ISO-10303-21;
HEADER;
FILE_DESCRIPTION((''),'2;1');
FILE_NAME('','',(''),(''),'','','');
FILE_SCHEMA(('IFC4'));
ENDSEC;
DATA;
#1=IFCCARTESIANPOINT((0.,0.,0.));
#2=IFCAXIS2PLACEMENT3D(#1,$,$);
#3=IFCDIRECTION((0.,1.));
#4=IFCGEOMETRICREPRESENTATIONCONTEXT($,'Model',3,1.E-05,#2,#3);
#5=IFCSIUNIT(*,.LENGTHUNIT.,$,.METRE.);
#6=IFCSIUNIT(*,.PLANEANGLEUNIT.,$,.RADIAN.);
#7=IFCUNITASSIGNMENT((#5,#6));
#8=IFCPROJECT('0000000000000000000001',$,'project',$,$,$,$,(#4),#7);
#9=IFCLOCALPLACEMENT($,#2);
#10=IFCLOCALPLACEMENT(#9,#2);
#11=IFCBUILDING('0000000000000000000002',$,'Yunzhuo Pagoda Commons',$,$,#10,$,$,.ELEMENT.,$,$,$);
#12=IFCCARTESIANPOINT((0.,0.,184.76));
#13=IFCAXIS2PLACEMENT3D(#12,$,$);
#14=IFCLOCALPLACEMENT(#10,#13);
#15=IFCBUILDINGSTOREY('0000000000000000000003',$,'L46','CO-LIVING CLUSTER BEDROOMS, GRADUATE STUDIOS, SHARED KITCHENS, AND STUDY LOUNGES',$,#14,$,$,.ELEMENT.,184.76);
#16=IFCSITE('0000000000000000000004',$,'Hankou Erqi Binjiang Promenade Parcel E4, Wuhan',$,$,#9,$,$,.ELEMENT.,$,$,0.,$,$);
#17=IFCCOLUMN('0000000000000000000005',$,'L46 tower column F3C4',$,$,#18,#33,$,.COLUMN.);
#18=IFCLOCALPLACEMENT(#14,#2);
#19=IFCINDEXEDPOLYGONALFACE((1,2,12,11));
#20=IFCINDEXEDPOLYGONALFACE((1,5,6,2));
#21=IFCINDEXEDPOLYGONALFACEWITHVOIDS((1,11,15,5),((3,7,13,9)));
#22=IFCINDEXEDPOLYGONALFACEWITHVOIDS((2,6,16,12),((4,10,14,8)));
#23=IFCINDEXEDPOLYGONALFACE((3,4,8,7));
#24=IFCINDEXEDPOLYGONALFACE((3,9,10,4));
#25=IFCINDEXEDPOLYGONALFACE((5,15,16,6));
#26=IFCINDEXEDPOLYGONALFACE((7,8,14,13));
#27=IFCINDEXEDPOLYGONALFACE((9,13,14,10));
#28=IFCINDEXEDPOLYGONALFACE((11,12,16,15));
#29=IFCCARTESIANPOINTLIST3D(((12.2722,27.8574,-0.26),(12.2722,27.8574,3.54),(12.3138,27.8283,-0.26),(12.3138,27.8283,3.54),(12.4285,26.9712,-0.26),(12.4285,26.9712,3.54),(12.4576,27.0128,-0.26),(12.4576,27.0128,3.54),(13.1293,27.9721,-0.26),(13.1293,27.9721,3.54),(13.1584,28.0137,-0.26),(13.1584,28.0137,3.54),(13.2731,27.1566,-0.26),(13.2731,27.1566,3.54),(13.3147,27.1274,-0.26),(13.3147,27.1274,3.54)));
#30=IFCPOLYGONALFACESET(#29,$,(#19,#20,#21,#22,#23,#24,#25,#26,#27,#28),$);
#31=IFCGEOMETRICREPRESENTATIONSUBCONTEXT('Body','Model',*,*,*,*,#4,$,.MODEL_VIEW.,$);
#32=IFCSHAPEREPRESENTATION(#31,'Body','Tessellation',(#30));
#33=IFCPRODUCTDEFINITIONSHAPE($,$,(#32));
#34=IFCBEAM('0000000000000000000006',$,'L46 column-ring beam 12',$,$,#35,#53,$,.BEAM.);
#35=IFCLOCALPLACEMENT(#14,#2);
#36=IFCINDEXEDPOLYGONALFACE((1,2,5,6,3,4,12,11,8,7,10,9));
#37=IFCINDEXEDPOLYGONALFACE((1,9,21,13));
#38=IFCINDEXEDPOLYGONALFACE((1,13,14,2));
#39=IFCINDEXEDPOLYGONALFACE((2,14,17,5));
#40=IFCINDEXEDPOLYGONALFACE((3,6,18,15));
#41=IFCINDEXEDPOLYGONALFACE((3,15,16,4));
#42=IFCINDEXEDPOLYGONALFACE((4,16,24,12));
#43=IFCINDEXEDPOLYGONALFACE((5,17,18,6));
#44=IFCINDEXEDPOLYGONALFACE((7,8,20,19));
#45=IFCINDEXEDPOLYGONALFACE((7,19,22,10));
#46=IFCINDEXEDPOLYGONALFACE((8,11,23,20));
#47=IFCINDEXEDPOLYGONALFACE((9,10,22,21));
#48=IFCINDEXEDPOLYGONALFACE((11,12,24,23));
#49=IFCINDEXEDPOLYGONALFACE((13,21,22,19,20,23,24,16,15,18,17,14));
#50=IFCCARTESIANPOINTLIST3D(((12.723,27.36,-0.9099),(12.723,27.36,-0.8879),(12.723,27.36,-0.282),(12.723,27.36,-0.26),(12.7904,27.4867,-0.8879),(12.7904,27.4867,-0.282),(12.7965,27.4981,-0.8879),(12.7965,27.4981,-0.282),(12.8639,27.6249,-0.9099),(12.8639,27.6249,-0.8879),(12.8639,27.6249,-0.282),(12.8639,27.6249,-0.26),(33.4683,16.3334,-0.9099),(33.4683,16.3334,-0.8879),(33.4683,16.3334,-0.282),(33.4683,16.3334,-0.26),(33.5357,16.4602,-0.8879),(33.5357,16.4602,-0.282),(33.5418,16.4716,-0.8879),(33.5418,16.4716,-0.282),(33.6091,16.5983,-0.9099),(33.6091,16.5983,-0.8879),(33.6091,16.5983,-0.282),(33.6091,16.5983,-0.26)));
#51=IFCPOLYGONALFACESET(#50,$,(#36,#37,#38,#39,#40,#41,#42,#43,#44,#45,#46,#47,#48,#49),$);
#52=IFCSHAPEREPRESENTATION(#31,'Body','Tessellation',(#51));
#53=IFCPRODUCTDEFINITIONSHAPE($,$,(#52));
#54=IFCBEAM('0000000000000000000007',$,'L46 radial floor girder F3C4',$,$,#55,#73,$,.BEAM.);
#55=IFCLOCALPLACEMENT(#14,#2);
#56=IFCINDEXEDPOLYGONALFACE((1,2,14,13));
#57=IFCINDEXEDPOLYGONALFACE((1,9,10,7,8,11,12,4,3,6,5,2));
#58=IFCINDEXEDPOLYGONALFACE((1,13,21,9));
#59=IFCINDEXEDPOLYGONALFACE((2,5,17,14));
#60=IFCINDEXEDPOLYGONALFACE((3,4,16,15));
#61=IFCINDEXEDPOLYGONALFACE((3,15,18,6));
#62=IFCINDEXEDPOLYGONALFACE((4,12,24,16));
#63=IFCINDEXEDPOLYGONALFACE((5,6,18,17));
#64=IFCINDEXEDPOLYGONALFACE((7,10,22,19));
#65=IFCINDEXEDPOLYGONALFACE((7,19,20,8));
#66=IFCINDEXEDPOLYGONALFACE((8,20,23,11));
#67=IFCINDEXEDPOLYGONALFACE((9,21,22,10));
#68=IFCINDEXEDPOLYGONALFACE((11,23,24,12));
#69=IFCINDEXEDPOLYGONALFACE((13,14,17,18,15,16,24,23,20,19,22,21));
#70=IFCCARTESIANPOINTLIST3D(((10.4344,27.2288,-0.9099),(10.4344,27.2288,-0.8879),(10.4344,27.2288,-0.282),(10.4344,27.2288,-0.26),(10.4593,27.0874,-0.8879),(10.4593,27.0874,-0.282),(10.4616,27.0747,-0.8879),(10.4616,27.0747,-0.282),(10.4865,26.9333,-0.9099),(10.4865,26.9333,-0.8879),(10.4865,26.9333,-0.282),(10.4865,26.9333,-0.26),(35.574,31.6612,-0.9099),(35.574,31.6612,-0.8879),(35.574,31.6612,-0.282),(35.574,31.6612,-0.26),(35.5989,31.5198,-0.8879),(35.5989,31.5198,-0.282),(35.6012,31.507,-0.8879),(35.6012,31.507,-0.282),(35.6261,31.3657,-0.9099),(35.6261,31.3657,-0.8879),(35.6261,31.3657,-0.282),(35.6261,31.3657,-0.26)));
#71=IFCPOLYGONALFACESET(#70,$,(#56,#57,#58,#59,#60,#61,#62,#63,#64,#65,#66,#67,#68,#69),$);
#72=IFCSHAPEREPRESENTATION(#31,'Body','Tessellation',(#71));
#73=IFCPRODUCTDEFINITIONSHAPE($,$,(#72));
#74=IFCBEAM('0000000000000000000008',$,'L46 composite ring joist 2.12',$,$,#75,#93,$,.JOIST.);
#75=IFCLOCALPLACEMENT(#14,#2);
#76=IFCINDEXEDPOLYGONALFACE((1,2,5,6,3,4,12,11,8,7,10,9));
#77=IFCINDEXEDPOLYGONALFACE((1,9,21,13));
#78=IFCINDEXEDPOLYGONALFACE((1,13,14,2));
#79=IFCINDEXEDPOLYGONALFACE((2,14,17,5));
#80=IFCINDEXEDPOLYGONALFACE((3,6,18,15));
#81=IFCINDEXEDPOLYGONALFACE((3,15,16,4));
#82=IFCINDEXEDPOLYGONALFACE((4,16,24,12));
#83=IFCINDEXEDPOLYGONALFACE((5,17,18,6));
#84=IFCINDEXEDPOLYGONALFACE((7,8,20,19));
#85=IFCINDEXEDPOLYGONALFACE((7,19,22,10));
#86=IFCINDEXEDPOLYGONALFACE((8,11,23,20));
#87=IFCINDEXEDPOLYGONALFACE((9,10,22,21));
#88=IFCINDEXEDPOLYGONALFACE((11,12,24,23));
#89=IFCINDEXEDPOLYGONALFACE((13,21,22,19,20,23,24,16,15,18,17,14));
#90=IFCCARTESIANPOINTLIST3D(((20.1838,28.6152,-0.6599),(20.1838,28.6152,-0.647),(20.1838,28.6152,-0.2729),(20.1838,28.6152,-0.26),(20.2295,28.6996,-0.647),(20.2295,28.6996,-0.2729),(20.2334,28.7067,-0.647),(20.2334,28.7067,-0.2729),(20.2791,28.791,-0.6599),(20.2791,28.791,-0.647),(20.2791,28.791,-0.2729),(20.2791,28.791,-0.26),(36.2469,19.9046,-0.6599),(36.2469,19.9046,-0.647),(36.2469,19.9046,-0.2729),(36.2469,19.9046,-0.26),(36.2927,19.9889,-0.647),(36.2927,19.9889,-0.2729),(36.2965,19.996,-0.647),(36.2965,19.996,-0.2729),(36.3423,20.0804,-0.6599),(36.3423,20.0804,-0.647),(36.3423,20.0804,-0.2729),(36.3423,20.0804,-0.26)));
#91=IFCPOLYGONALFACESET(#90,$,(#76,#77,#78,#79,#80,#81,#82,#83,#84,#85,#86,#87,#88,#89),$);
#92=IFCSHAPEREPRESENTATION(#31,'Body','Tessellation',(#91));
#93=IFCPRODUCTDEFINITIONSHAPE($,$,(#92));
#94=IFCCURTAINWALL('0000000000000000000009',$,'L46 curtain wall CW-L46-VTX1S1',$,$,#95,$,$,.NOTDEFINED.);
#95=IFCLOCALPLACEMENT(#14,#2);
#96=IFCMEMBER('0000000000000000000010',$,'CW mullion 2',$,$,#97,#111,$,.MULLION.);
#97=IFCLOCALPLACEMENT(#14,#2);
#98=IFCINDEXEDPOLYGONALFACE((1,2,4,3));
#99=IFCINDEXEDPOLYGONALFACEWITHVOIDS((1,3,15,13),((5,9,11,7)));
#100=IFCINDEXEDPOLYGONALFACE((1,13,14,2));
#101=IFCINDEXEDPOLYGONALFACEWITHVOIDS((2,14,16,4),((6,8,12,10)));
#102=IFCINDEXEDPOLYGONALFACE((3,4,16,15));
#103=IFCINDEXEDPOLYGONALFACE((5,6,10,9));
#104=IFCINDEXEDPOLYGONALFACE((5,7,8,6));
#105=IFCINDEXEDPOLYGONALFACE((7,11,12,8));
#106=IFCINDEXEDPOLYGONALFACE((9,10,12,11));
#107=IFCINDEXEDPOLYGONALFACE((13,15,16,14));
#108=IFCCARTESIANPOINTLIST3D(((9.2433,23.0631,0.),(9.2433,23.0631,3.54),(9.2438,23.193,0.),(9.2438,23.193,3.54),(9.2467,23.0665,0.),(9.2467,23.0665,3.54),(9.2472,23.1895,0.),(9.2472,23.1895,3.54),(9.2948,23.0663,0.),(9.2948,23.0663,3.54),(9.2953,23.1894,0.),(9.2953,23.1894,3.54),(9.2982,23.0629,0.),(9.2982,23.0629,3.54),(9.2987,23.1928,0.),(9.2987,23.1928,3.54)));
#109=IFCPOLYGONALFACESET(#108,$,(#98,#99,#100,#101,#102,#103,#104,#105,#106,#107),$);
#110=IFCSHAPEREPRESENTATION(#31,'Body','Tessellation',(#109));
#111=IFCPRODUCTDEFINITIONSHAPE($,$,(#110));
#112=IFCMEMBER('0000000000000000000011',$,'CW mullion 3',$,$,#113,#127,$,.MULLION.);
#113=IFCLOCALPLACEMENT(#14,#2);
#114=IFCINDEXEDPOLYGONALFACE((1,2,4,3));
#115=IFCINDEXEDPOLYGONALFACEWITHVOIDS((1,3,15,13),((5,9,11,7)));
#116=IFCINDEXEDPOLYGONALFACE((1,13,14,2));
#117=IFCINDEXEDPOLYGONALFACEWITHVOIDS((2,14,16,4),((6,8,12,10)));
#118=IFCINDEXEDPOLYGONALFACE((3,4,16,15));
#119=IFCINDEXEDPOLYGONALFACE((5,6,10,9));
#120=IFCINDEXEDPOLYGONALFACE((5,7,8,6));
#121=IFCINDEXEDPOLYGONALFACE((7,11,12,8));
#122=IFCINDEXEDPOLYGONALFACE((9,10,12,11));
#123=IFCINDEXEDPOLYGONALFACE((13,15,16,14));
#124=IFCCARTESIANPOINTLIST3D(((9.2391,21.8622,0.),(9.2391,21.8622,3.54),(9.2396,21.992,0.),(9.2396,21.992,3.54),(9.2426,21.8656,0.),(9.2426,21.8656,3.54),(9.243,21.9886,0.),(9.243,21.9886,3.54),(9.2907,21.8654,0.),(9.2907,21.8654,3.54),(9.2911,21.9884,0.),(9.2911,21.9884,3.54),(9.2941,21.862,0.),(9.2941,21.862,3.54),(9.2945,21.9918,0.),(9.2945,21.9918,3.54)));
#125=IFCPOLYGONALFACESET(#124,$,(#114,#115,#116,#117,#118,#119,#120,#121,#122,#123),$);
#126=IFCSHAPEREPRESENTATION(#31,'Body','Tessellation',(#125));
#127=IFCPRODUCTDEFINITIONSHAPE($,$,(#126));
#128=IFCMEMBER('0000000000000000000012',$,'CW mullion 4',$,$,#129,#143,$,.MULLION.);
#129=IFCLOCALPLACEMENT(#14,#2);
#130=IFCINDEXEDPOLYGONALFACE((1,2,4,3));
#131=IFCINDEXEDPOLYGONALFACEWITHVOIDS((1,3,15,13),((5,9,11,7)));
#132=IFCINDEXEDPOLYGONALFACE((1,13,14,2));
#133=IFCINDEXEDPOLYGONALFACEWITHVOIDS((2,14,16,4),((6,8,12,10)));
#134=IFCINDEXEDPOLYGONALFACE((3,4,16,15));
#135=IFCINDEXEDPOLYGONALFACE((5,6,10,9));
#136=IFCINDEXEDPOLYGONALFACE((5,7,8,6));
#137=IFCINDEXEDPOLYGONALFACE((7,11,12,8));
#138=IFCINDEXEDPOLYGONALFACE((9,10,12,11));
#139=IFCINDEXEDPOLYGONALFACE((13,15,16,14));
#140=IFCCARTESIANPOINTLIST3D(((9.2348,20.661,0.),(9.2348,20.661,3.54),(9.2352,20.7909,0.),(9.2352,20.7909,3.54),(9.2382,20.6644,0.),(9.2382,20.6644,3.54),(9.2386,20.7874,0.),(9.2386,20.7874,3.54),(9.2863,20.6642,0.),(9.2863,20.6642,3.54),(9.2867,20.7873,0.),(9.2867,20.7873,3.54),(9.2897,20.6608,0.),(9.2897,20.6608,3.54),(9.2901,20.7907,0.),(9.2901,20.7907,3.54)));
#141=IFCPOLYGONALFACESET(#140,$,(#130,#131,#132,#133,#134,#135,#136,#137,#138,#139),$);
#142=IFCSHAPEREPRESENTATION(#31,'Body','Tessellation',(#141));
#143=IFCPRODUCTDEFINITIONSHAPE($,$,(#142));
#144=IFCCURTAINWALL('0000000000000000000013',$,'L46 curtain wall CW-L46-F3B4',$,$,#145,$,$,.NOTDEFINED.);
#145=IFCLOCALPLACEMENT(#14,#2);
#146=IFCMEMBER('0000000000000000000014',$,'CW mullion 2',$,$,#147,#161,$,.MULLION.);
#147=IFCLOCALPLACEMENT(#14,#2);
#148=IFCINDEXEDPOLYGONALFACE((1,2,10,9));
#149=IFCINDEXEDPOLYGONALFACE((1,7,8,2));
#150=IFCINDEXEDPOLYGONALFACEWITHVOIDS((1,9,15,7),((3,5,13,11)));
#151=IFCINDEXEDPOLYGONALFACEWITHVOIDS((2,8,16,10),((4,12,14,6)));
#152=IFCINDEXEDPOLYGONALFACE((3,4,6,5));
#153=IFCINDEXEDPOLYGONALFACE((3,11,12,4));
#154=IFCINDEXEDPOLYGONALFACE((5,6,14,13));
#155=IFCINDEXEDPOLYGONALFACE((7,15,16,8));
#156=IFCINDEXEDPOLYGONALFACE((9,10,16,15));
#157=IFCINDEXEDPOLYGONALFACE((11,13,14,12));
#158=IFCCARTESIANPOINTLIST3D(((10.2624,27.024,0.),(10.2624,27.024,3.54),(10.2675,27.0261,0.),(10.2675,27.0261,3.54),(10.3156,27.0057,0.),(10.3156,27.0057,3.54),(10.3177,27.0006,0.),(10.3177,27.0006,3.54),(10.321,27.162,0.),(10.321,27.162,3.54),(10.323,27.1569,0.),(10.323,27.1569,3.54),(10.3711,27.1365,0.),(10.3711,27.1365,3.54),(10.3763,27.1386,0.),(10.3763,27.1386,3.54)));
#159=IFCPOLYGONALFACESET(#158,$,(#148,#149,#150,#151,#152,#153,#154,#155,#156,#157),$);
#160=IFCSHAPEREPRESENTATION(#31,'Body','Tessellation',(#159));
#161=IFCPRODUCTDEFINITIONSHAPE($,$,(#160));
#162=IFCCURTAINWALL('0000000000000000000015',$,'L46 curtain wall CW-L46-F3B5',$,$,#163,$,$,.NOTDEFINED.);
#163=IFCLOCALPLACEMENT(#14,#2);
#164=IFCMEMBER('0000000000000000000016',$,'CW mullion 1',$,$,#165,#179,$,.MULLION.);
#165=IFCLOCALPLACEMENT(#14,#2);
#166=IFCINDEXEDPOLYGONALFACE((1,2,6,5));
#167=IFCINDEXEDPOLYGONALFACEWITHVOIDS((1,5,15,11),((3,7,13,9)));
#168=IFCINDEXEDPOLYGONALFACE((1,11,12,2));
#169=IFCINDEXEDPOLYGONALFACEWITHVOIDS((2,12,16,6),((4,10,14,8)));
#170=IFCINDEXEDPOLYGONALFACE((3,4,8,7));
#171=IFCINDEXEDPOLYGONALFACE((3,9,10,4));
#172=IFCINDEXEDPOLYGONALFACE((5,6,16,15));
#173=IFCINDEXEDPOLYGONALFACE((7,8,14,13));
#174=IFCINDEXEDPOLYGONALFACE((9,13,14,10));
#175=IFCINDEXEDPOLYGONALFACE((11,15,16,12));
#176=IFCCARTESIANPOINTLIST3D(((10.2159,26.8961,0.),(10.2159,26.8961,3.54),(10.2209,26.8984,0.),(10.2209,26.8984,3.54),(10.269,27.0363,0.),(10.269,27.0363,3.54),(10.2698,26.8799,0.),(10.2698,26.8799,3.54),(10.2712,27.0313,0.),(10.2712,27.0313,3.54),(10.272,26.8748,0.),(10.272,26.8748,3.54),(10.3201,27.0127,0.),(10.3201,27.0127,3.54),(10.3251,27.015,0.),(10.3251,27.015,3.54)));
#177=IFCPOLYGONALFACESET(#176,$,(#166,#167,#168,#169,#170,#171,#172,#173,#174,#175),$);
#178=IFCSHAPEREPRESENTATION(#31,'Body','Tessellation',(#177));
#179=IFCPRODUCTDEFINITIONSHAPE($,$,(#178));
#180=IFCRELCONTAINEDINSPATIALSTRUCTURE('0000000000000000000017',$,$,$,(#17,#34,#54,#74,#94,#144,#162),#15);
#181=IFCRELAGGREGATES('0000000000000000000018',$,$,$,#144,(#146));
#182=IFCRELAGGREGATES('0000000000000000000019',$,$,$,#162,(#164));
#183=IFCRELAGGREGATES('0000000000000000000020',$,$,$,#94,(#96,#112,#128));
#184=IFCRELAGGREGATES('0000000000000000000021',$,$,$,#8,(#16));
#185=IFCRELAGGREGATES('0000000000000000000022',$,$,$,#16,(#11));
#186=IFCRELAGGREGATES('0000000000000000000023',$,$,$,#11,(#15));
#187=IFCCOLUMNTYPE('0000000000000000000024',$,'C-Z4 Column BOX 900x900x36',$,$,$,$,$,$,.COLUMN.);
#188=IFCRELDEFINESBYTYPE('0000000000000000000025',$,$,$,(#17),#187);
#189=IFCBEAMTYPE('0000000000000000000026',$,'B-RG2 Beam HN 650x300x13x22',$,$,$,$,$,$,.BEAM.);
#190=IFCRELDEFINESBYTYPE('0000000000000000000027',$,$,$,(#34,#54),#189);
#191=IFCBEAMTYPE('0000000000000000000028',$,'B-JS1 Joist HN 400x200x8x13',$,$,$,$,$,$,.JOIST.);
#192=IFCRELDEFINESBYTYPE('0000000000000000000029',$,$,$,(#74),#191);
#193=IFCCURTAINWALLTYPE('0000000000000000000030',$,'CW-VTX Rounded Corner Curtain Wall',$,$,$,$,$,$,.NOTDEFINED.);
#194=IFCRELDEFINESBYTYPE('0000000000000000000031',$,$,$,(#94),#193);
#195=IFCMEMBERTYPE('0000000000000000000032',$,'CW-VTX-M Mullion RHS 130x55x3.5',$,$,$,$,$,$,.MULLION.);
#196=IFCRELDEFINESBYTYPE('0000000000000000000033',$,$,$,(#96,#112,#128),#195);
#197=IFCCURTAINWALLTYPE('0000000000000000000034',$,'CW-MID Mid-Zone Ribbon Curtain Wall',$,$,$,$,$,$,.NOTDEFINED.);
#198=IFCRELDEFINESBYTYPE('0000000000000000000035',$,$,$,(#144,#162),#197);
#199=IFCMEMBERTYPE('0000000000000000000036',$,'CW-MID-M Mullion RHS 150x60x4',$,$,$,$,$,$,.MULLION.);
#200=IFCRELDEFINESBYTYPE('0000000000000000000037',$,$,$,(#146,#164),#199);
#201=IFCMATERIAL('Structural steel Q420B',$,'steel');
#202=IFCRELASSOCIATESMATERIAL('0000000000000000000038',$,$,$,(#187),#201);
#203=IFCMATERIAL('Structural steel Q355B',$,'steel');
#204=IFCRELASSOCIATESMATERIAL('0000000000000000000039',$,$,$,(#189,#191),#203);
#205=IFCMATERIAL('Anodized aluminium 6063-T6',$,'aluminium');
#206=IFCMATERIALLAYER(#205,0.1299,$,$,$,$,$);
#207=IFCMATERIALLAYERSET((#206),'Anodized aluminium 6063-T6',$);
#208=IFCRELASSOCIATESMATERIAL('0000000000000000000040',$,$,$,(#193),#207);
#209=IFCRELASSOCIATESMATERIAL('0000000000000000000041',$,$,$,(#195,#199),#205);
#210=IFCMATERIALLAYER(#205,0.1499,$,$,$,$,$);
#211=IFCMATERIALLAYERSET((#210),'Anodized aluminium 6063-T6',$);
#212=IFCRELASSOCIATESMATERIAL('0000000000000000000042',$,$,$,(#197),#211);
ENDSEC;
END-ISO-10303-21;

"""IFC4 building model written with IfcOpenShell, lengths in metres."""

from ifc_helpers import new_model, si_unit, direction, frame, origin, origin_2d, place, context, subcontext, project, spatial, hollow_rectangle, i_section, extrude, source, transform, mapped, material, layer, layer_set, material_profile, profile_set, type_object, element, aggregate, save


model = new_model("IFC4")

# Units and contexts
model_context = context("Model", 3, precision=1e-05, world=origin(), true_north=direction((0.0, 1.0)))
body_context = subcontext(model_context, "Body", "Model", "MODEL_VIEW")
ifc_project = project(units=[si_unit("LENGTHUNIT", "METRE"), si_unit("PLANEANGLEUNIT", "RADIAN")], contexts=[model_context])

# Site, building, storey
site_placement = place(None, origin())
site = spatial("IfcSite", under=ifc_project, at=site_placement, Name="Hankou Erqi Binjiang Promenade Parcel E4, Wuhan", CompositionType="ELEMENT", RefElevation=0.0)
building_placement = place(site_placement, origin())
building = spatial("IfcBuilding", under=site, at=building_placement, Name="Yunzhuo Pagoda Commons", CompositionType="ELEMENT")
storey_placement = place(building_placement, frame((0.0, 0.0, 184.76)))
storey = spatial("IfcBuildingStorey", under=building, at=storey_placement, Name="L46", Description="CO-LIVING CLUSTER BEDROOMS, GRADUATE STUDIOS, SHARED KITCHENS, AND STUDY LOUNGES", CompositionType="ELEMENT", Elevation=184.76)

# Column
ifc_material_1 = material(Name="Structural steel Q420B", Category="steel")
ifc_material_profile_1 = material_profile(ifc_material_1, hollow_rectangle(XDim=0.8999, YDim=0.8999, WallThickness=0.0359, at=origin_2d()), Name="Structural steel Q420B")
ifc_profile_set_1 = profile_set([ifc_material_profile_1], Name="Structural steel Q420B")
column_type = type_object("IfcColumnType", Name="C-Z4 Column BOX 900x900x36", PredefinedType="COLUMN", material=ifc_profile_set_1)
shared_shape_1 = source(origin(), body_context, "Body", "SweptSolid", [
    extrude(hollow_rectangle(XDim=0.8999, YDim=0.8999, WallThickness=0.0359, at=origin_2d()), origin(), (0.0, 0.0, 1.0), 3.8),
])
column_placement = place(storey_placement, frame((12.7935, 27.4924, -0.26), z_axis=(0.0, 0.0, 1.0), x_axis=(0.173648, -0.984808, 0.0)))
element("IfcColumn", 1, at=column_placement, inside=storey, type_object=column_type, Name="L46 tower column F3C4", PredefinedType="COLUMN", context=body_context, shape_type="MappedRepresentation", body=[
    mapped(shared_shape_1, transform((0.0, 0.0, 0.0), scale=1.0)),
])

# Beams
ifc_material_2 = material(Name="Structural steel Q355B", Category="steel")
ifc_material_profile_2 = material_profile(ifc_material_2, i_section(OverallWidth=0.3, OverallDepth=0.6499, WebThickness=0.0129, FlangeThickness=0.022, at=origin_2d()), Name="Structural steel Q355B")
ifc_profile_set_2 = profile_set([ifc_material_profile_2], Name="Structural steel Q355B")
beam_type_1 = type_object("IfcBeamType", Name="B-RG2 Beam HN 650x300x13x22", PredefinedType="BEAM", material=ifc_profile_set_2)
shared_shape_2 = source(origin(), body_context, "Body", "SweptSolid", [
    extrude(i_section(OverallWidth=0.3, OverallDepth=0.6499, WebThickness=0.0129, FlangeThickness=0.022, at=origin_2d()), origin(), (0.0, 0.0, 1.0), 23.4937),
])
beam_1_placement = place(storey_placement, frame((12.7935, 27.4924, -0.585), z_axis=(0.883016, -0.469342, 0.0), x_axis=(0.469342, 0.883016, 0.0)))
element("IfcBeam", 2, at=beam_1_placement, inside=storey, type_object=beam_type_1, Name="L46 column-ring beam 12", PredefinedType="BEAM", context=body_context, shape_type="MappedRepresentation", body=[
    mapped(shared_shape_2, transform((0.0, 0.0, 0.0), scale=1.0)),
])
shared_shape_3 = source(origin(), body_context, "Body", "SweptSolid", [
    extrude(i_section(OverallWidth=0.3, OverallDepth=0.6499, WebThickness=0.0129, FlangeThickness=0.022, at=origin_2d()), origin(), (0.0, 0.0, 1.0), 25.5273),
])
beam_2_placement = place(storey_placement, frame((10.4604, 27.0811, -0.585), z_axis=(0.984811, 0.173632, 0.0), x_axis=(-0.173632, 0.984811, 0.0)))
element("IfcBeam", 3, at=beam_2_placement, inside=storey, type_object=beam_type_1, Name="L46 radial floor girder F3C4", PredefinedType="BEAM", context=body_context, shape_type="MappedRepresentation", body=[
    mapped(shared_shape_3, transform((0.0, 0.0, 0.0), scale=1.0)),
])
ifc_material_profile_3 = material_profile(ifc_material_2, i_section(OverallWidth=0.2, OverallDepth=0.3999, WebThickness=0.0081, FlangeThickness=0.0129, at=origin_2d()), Name="Structural steel Q355B")
ifc_profile_set_3 = profile_set([ifc_material_profile_3], Name="Structural steel Q355B")
beam_type_2 = type_object("IfcBeamType", Name="B-JS1 Joist HN 400x200x8x13", PredefinedType="JOIST", material=ifc_profile_set_3)
shared_shape_4 = source(origin(), body_context, "Body", "SweptSolid", [
    extrude(i_section(OverallWidth=0.2, OverallDepth=0.3999, WebThickness=0.0081, FlangeThickness=0.0129, at=origin_2d()), origin(), (0.0, 0.0, 1.0), 18.2729),
])
beam_3_placement = place(storey_placement, frame((20.2314, 28.7031, -0.46), z_axis=(0.879068, -0.476697, 0.0), x_axis=(0.476697, 0.879068, 0.0)))
element("IfcBeam", 4, at=beam_3_placement, inside=storey, type_object=beam_type_2, Name="L46 composite ring joist 2.12", PredefinedType="JOIST", context=body_context, shape_type="MappedRepresentation", body=[
    mapped(shared_shape_4, transform((0.0, 0.0, 0.0), scale=1.0)),
])

# Curtain wall, members
ifc_material_3 = material(Name="Anodized aluminium 6063-T6", Category="aluminium")
ifc_layer_1 = layer(ifc_material_3, 0.1299)
ifc_layer_set_1 = layer_set([ifc_layer_1], Name="Anodized aluminium 6063-T6")
curtain_wall_type_1 = type_object("IfcCurtainWallType", Name="CW-VTX Rounded Corner Curtain Wall", PredefinedType="NOTDEFINED", material=ifc_layer_set_1)
curtain_wall_1_placement = place(storey_placement, origin())
curtain_wall_1 = element("IfcCurtainWall", 5, at=curtain_wall_1_placement, inside=storey, type_object=curtain_wall_type_1, Name="L46 curtain wall CW-L46-VTX1S1", PredefinedType="NOTDEFINED")
ifc_material_profile_4 = material_profile(ifc_material_3, hollow_rectangle(XDim=0.0549, YDim=0.1299, WallThickness=0.0034, at=origin_2d()), Name="Anodized aluminium 6063-T6")
ifc_profile_set_4 = profile_set([ifc_material_profile_4], Name="Anodized aluminium 6063-T6")
member_type_1 = type_object("IfcMemberType", Name="CW-VTX-M Mullion RHS 130x55x3.5", PredefinedType="MULLION", material=ifc_profile_set_4)
shared_shape_5 = source(origin(), body_context, "Body", "SweptSolid", [
    extrude(hollow_rectangle(XDim=0.0549, YDim=0.1299, WallThickness=0.0034, at=origin_2d()), origin(), (0.0, 0.0, 1.0), 3.54),
])
member_1_placement = place(storey_placement, frame((9.271, 23.1279, 0.0), z_axis=(0.0, 0.0, 1.0), x_axis=(0.999994, -0.00358, 0.0)))
member_1 = element("IfcMember", 6, at=member_1_placement, type_object=member_type_1, Name="CW mullion 2", PredefinedType="MULLION", context=body_context, shape_type="MappedRepresentation", body=[
    mapped(shared_shape_5, transform((0.0, 0.0, 0.0), scale=1.0)),
])
member_2_placement = place(storey_placement, frame((9.2668, 21.927, 0.0), z_axis=(0.0, 0.0, 1.0), x_axis=(0.999994, -0.00358, 0.0)))
member_2 = element("IfcMember", 7, at=member_2_placement, type_object=member_type_1, Name="CW mullion 3", PredefinedType="MULLION", context=body_context, shape_type="MappedRepresentation", body=[
    mapped(shared_shape_5, transform((0.0, 0.0, 0.0), scale=1.0)),
])
member_3_placement = place(storey_placement, frame((9.2625, 20.7258, 0.0), z_axis=(0.0, 0.0, 1.0), x_axis=(0.999994, -0.00358, 0.0)))
member_3 = element("IfcMember", 8, at=member_3_placement, type_object=member_type_1, Name="CW mullion 4", PredefinedType="MULLION", context=body_context, shape_type="MappedRepresentation", body=[
    mapped(shared_shape_5, transform((0.0, 0.0, 0.0), scale=1.0)),
])

# Curtain wall, member
ifc_layer_2 = layer(ifc_material_3, 0.1499)
ifc_layer_set_2 = layer_set([ifc_layer_2], Name="Anodized aluminium 6063-T6")
curtain_wall_type_2 = type_object("IfcCurtainWallType", Name="CW-MID Mid-Zone Ribbon Curtain Wall", PredefinedType="NOTDEFINED", material=ifc_layer_set_2)
curtain_wall_2_placement = place(storey_placement, origin())
curtain_wall_2 = element("IfcCurtainWall", 9, at=curtain_wall_2_placement, inside=storey, type_object=curtain_wall_type_2, Name="L46 curtain wall CW-L46-F3B4", PredefinedType="NOTDEFINED")
ifc_material_profile_5 = material_profile(ifc_material_3, hollow_rectangle(XDim=0.0601, YDim=0.1499, WallThickness=0.0039, at=origin_2d()), Name="Anodized aluminium 6063-T6")
ifc_profile_set_5 = profile_set([ifc_material_profile_5], Name="Anodized aluminium 6063-T6")
member_type_2 = type_object("IfcMemberType", Name="CW-MID-M Mullion RHS 150x60x4", PredefinedType="MULLION", material=ifc_profile_set_5)
shared_shape_6 = source(origin(), body_context, "Body", "SweptSolid", [
    extrude(hollow_rectangle(XDim=0.0601, YDim=0.1499, WallThickness=0.0039, at=origin_2d()), origin(), (0.0, 0.0, 1.0), 3.54),
])
member_4_placement = place(storey_placement, frame((10.3193, 27.0813, 0.0), z_axis=(0.0, 0.0, 1.0), x_axis=(0.920515, -0.390706, 0.0)))
member_4 = element("IfcMember", 10, at=member_4_placement, type_object=member_type_2, Name="CW mullion 2", PredefinedType="MULLION", context=body_context, shape_type="MappedRepresentation", body=[
    mapped(shared_shape_6, transform((0.0, 0.0, 0.0), scale=1.0)),
])

# Curtain wall, member
curtain_wall_3_placement = place(storey_placement, origin())
curtain_wall_3 = element("IfcCurtainWall", 11, at=curtain_wall_3_placement, inside=storey, type_object=curtain_wall_type_2, Name="L46 curtain wall CW-L46-F3B5", PredefinedType="NOTDEFINED")
member_5_placement = place(storey_placement, frame((10.2705, 26.9556, 0.0), z_axis=(0.0, 0.0, 1.0), x_axis=(0.935148, -0.354256, 0.0)))
member_5 = element("IfcMember", 12, at=member_5_placement, type_object=member_type_2, Name="CW mullion 1", PredefinedType="MULLION", context=body_context, shape_type="MappedRepresentation", body=[
    mapped(shared_shape_6, transform((0.0, 0.0, 0.0), scale=1.0)),
])

aggregate(curtain_wall_2, [member_4])
aggregate(curtain_wall_3, [member_5])
aggregate(curtain_wall_1, [member_1, member_2, member_3])

save(model, "model.ifc")
